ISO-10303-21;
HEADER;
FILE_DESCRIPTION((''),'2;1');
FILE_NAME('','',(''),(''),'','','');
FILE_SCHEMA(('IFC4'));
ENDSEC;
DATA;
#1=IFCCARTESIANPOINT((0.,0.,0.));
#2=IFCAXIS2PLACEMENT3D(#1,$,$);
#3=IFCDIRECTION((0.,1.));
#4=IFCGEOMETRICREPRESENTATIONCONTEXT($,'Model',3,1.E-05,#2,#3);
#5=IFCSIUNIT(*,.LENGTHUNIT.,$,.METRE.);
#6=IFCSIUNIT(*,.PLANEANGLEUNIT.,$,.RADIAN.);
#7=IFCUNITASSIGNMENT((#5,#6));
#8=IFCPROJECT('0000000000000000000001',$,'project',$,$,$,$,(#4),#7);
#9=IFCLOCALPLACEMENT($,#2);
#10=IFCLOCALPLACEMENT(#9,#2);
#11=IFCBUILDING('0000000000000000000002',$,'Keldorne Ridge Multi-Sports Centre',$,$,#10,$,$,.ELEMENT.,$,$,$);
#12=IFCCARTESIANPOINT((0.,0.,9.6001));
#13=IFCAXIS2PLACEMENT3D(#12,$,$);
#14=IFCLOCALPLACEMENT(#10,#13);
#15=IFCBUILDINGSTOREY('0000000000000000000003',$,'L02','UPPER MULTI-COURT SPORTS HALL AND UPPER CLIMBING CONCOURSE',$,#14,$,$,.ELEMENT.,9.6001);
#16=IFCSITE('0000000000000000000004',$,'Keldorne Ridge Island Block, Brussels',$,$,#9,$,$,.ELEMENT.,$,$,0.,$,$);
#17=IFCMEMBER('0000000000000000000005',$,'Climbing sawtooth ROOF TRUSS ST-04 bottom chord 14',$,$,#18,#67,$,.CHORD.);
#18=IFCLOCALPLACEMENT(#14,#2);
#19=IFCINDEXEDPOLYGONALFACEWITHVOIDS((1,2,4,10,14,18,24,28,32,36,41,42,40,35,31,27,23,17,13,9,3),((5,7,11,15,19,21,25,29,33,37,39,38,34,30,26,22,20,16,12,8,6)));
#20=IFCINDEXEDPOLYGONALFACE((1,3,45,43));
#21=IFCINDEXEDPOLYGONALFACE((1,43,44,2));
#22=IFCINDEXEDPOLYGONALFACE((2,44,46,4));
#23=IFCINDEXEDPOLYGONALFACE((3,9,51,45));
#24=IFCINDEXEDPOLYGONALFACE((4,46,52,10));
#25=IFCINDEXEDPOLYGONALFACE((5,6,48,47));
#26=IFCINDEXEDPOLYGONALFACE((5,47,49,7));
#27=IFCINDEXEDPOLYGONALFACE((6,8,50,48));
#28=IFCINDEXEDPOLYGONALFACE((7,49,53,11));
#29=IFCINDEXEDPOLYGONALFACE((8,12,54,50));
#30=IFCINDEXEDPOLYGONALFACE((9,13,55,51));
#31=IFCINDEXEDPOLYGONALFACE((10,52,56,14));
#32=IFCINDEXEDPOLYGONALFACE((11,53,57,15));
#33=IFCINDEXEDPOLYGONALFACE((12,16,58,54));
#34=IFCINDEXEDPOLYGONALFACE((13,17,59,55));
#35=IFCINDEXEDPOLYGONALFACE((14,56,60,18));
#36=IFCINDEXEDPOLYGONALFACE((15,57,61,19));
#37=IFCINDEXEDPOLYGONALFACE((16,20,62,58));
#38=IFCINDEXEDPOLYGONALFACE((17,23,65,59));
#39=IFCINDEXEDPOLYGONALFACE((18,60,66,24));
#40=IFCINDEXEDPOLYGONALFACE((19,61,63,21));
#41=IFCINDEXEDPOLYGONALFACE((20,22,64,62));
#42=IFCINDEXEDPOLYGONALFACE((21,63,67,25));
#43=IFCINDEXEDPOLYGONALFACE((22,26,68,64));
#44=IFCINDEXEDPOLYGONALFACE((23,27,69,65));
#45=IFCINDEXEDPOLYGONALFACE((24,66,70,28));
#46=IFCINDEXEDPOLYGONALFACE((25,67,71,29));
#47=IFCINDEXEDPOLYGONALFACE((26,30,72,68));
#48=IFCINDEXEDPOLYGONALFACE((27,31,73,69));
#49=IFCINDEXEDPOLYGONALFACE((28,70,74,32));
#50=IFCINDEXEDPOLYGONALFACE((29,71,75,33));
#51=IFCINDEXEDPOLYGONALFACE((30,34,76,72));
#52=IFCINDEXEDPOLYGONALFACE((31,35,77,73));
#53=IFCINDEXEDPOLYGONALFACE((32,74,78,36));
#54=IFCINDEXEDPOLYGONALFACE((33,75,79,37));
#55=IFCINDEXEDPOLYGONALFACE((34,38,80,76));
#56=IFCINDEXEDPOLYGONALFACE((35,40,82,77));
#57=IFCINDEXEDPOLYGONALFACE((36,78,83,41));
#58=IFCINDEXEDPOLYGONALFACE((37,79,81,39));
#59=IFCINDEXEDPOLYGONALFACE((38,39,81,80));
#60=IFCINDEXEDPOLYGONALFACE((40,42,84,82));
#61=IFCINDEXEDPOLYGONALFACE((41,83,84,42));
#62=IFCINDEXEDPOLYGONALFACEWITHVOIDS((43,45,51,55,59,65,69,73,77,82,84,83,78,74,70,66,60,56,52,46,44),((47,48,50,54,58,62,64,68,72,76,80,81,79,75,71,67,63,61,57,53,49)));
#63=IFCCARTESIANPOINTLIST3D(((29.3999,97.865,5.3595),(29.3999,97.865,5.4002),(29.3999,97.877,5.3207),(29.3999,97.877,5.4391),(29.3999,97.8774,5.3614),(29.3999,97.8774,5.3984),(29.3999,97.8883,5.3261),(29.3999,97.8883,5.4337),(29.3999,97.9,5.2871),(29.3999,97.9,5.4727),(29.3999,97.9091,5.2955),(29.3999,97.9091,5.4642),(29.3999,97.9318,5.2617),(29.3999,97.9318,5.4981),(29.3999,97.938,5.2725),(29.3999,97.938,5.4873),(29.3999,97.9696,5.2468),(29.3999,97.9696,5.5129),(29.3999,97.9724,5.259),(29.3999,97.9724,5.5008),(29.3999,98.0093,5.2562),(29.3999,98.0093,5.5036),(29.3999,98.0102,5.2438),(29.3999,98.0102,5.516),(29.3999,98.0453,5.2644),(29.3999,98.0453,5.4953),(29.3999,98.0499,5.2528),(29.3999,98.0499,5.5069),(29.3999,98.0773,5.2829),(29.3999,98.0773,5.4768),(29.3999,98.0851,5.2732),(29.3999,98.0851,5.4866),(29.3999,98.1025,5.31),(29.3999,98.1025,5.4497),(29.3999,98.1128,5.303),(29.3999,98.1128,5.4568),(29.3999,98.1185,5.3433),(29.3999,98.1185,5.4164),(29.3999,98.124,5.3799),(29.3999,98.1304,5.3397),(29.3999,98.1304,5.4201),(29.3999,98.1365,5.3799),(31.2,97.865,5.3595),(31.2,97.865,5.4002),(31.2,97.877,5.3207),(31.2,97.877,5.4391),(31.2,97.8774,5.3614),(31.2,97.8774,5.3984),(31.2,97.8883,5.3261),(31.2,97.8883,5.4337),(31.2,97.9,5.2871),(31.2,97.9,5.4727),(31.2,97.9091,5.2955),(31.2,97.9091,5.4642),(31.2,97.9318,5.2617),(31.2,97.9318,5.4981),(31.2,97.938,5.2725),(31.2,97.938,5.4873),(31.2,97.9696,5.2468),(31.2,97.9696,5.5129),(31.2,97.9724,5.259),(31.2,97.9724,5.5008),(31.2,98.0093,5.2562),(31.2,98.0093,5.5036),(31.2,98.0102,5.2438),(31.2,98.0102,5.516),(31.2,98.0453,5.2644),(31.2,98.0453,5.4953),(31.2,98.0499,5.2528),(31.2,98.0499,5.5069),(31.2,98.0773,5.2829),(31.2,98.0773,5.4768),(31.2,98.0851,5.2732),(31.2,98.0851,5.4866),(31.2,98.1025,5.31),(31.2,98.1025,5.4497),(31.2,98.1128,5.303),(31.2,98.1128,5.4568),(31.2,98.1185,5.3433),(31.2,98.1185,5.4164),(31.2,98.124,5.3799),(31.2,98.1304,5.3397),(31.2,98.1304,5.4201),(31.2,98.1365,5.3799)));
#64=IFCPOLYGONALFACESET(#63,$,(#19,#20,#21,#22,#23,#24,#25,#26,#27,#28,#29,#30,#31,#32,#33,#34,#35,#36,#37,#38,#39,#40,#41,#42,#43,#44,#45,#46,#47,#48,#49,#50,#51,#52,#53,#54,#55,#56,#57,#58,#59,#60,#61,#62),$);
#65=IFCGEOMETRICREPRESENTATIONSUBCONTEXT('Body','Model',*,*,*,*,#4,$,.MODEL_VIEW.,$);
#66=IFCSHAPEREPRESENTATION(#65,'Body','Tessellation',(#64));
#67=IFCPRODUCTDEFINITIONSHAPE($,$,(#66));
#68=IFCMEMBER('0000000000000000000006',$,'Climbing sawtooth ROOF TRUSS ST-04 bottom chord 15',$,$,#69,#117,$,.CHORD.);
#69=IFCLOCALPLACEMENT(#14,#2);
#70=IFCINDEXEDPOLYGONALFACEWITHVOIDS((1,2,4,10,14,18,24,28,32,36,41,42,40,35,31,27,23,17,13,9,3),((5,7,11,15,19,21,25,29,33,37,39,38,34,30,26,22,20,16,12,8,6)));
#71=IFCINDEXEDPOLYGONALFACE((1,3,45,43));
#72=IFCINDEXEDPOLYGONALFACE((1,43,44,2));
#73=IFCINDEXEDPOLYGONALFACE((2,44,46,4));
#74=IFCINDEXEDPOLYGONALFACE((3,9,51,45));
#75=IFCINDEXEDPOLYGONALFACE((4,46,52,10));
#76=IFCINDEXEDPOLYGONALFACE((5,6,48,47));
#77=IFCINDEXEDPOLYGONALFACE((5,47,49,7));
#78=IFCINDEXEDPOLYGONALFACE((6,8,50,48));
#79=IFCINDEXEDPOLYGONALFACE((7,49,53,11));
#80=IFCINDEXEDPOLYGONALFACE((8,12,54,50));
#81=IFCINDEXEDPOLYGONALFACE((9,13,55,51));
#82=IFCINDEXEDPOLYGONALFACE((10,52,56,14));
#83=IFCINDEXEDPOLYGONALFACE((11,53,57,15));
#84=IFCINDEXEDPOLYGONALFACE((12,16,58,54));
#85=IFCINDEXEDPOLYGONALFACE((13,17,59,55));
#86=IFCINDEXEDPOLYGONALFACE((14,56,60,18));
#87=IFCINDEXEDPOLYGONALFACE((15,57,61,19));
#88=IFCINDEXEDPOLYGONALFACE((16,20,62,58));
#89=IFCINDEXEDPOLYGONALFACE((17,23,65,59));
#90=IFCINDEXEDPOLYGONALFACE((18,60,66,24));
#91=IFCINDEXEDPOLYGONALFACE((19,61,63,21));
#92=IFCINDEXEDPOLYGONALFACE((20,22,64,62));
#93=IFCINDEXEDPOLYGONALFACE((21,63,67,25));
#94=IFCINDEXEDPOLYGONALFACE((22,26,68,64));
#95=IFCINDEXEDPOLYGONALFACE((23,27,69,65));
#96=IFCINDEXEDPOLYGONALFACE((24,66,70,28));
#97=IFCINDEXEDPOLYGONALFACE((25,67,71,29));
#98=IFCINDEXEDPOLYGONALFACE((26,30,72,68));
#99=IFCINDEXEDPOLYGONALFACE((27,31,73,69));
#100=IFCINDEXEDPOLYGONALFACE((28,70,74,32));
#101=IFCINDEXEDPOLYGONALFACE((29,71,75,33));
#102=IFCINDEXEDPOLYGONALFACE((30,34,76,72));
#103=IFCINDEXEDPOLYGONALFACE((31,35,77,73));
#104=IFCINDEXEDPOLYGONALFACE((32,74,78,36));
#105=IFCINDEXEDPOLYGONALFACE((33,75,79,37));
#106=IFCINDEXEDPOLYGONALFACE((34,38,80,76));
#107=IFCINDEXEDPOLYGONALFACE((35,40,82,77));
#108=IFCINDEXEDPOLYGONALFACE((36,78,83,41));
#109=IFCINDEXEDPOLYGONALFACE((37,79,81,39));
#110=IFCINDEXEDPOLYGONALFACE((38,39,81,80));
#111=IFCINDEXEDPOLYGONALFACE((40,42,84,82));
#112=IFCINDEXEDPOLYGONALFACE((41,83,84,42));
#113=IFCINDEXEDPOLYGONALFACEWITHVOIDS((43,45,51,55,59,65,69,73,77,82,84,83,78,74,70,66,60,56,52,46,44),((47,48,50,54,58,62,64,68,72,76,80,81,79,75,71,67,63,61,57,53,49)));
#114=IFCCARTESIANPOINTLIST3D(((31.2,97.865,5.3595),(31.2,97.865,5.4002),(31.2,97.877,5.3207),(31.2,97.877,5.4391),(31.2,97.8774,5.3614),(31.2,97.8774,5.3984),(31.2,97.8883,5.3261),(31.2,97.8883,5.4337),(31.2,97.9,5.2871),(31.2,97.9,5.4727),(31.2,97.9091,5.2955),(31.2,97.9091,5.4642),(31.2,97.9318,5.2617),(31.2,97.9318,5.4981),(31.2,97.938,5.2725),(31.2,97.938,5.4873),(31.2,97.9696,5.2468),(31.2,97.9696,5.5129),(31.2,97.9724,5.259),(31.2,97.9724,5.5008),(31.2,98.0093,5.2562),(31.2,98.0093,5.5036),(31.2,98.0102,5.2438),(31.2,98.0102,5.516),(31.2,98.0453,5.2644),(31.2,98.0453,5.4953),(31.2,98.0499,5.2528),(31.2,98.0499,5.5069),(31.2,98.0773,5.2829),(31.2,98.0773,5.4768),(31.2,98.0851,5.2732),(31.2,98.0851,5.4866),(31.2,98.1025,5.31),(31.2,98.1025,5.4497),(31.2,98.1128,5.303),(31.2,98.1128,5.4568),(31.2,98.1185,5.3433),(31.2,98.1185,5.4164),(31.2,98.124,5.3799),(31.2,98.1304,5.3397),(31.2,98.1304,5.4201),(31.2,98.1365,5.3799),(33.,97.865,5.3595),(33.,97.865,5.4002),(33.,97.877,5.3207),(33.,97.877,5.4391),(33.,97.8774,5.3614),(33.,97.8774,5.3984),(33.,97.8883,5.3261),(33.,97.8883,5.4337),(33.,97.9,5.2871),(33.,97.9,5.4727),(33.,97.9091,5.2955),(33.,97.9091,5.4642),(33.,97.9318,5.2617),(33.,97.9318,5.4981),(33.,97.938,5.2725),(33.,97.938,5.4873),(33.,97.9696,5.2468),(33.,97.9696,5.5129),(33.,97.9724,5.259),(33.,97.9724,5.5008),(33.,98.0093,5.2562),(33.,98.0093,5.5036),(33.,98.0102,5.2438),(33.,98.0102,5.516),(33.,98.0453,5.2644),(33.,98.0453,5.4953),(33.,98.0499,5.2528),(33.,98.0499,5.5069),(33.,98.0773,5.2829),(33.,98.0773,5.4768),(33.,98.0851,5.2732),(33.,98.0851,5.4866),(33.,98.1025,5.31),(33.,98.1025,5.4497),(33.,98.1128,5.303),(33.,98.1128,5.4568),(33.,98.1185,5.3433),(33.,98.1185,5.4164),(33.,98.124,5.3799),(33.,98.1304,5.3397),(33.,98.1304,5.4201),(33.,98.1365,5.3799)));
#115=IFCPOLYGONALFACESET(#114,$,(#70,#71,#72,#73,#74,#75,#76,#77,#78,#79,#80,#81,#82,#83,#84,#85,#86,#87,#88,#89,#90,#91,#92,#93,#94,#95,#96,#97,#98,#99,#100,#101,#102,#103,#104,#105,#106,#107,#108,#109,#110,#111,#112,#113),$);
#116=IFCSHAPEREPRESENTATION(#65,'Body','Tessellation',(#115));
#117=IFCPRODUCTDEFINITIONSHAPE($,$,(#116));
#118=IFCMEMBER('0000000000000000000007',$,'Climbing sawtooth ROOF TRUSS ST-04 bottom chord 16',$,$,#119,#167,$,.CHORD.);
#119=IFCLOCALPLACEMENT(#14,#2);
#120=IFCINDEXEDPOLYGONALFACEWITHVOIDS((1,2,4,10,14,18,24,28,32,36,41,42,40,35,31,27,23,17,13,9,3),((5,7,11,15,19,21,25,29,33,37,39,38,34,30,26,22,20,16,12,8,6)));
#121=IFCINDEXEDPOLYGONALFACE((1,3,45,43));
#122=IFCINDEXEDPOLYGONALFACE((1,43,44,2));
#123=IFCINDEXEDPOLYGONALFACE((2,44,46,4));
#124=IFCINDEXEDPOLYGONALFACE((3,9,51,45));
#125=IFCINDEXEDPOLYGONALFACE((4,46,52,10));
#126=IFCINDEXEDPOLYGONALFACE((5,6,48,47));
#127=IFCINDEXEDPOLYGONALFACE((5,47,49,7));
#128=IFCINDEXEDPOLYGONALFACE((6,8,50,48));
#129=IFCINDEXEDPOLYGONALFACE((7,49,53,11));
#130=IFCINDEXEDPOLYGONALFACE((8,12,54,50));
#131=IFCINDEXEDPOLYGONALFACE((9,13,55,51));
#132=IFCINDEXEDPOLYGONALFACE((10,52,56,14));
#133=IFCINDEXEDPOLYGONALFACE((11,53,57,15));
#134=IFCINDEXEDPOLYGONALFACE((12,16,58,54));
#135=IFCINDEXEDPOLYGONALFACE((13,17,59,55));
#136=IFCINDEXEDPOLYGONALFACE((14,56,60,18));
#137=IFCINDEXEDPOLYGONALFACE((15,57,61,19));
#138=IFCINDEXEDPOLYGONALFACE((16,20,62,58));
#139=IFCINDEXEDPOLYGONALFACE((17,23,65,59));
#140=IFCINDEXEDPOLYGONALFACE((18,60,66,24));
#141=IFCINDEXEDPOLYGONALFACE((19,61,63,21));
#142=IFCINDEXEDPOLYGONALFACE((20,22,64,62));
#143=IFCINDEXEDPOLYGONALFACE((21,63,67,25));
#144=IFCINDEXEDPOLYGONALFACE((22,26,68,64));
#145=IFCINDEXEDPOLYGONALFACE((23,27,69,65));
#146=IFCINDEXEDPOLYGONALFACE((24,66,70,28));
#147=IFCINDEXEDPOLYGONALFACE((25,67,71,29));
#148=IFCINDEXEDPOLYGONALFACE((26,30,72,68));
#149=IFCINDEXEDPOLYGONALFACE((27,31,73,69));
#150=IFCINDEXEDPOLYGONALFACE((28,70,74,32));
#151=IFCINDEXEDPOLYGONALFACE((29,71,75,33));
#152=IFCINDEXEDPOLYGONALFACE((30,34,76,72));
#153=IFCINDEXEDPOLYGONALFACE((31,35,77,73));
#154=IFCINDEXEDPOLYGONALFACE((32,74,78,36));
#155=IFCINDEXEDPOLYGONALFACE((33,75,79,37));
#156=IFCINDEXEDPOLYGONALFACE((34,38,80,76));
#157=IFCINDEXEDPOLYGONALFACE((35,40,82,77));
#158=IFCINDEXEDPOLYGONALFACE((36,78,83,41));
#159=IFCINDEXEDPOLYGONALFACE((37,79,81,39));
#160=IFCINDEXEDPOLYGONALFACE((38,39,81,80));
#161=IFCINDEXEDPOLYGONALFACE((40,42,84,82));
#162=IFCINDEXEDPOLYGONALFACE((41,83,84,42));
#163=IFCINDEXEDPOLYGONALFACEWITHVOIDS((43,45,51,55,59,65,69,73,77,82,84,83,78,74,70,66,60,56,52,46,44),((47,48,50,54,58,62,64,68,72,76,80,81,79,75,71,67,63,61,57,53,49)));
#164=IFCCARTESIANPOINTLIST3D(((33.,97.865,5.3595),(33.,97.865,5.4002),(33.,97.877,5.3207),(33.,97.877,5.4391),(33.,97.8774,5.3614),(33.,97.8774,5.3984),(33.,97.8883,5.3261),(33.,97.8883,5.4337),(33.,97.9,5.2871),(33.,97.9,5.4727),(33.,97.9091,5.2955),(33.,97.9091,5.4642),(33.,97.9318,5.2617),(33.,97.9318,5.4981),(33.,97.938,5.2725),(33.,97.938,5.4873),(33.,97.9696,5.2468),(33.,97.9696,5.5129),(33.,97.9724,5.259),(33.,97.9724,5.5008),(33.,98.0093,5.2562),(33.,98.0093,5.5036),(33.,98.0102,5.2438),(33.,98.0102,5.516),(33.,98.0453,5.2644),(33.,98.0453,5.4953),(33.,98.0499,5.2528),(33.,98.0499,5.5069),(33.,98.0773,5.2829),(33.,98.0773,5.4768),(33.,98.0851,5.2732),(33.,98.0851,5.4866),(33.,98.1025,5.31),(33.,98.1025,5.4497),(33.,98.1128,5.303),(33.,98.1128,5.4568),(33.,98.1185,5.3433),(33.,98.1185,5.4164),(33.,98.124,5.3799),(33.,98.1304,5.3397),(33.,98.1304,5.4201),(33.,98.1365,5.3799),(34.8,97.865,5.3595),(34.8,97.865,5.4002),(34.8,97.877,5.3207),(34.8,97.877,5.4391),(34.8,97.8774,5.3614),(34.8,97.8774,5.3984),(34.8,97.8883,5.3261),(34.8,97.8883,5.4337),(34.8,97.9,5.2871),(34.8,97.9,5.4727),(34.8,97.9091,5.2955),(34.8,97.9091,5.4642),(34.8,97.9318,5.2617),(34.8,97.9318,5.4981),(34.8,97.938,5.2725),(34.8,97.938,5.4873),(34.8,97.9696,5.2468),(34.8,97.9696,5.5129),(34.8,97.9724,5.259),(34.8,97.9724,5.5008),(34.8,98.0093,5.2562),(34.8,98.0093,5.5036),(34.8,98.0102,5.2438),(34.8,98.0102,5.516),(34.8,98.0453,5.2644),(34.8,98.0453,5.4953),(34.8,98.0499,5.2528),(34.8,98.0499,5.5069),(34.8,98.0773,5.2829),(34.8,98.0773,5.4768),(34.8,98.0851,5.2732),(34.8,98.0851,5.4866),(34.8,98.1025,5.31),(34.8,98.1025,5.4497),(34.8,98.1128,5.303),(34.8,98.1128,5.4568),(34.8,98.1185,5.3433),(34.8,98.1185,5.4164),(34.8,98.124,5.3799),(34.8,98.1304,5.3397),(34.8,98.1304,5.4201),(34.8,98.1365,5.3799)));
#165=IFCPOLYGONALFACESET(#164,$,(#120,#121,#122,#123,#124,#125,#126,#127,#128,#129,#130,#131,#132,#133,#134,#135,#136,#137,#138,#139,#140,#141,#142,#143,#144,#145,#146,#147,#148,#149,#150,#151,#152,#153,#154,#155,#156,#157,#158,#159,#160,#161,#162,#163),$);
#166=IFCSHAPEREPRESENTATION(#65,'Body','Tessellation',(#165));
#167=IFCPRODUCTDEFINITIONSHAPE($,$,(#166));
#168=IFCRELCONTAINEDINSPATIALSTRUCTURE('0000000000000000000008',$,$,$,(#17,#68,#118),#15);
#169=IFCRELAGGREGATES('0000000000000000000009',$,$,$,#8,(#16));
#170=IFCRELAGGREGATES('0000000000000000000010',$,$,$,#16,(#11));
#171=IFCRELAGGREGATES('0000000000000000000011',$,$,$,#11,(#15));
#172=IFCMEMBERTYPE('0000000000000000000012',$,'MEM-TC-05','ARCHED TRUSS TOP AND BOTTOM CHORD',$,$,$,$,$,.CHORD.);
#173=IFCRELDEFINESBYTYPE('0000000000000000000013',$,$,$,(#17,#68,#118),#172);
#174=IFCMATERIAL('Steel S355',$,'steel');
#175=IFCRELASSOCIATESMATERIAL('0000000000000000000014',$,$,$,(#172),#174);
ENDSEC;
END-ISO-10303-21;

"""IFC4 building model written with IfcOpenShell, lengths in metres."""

from ifc_helpers import new_model, si_unit, direction, frame, origin, origin_2d, place, context, subcontext, project, spatial, hollow_circle, extrude, material, material_profile, profile_set, type_object, element, save


model = new_model("IFC4")

# Units and contexts
model_context = context("Model", 3, precision=1e-05, world=origin(), true_north=direction((0.0, 1.0)))
body_context = subcontext(model_context, "Body", "Model", "MODEL_VIEW")
ifc_project = project(units=[si_unit("LENGTHUNIT", "METRE"), si_unit("PLANEANGLEUNIT", "RADIAN")], contexts=[model_context])

# Site, building, storey
site_placement = place(None, origin())
site = spatial("IfcSite", under=ifc_project, at=site_placement, Name="Keldorne Ridge Island Block, Brussels", CompositionType="ELEMENT", RefElevation=0.0)
building_placement = place(site_placement, origin())
building = spatial("IfcBuilding", under=site, at=building_placement, Name="Keldorne Ridge Multi-Sports Centre", CompositionType="ELEMENT")
storey_placement = place(building_placement, frame((0.0, 0.0, 9.6001)))
storey = spatial("IfcBuildingStorey", under=building, at=storey_placement, Name="L02", Description="UPPER MULTI-COURT SPORTS HALL AND UPPER CLIMBING CONCOURSE", CompositionType="ELEMENT", Elevation=9.6001)

# Shared definitions
ifc_material_1 = material(Name="Steel S355", Category="steel")

# Members
ifc_material_profile_1 = material_profile(ifc_material_1, hollow_circle(Radius=0.1365, WallThickness=0.0125, at=origin_2d()), Name="CHS 273x12.5")
ifc_profile_set_1 = profile_set([ifc_material_profile_1], Name="Steel S355")
member_type_1 = type_object("IfcMemberType", Name="MEM-TC-05", Description="ARCHED TRUSS TOP AND BOTTOM CHORD", PredefinedType="CHORD", material=ifc_profile_set_1)
for number, where, z_axis, x_axis, name in (
    (1, (29.3999, 98.0, 5.3799), (1.0, 0.0, 0.0), (0.0, 1.0, 0.0), "Climbing sawtooth ROOF TRUSS ST-04 bottom chord 14"),
    (2, (31.2, 98.0, 5.3799), (1.0, 0.0, 0.0), (0.0, 1.0, 0.0), "Climbing sawtooth ROOF TRUSS ST-04 bottom chord 15"),
    (3, (33.0, 98.0, 5.3799), (1.0, 0.0, 0.0), (0.0, 1.0, 0.0), "Climbing sawtooth ROOF TRUSS ST-04 bottom chord 16"),
):
    element("IfcMember", number, at=place(storey_placement, frame(where, z_axis=z_axis, x_axis=x_axis)), inside=storey, type_object=member_type_1, Name=name, PredefinedType="CHORD", context=body_context, shape_type="SweptSolid", body=[
        extrude(hollow_circle(Radius=0.1365, WallThickness=0.0125, at=origin_2d()), origin(), (0.0, 0.0, 1.0), 1.8),
    ])

save(model, "model.ifc")
